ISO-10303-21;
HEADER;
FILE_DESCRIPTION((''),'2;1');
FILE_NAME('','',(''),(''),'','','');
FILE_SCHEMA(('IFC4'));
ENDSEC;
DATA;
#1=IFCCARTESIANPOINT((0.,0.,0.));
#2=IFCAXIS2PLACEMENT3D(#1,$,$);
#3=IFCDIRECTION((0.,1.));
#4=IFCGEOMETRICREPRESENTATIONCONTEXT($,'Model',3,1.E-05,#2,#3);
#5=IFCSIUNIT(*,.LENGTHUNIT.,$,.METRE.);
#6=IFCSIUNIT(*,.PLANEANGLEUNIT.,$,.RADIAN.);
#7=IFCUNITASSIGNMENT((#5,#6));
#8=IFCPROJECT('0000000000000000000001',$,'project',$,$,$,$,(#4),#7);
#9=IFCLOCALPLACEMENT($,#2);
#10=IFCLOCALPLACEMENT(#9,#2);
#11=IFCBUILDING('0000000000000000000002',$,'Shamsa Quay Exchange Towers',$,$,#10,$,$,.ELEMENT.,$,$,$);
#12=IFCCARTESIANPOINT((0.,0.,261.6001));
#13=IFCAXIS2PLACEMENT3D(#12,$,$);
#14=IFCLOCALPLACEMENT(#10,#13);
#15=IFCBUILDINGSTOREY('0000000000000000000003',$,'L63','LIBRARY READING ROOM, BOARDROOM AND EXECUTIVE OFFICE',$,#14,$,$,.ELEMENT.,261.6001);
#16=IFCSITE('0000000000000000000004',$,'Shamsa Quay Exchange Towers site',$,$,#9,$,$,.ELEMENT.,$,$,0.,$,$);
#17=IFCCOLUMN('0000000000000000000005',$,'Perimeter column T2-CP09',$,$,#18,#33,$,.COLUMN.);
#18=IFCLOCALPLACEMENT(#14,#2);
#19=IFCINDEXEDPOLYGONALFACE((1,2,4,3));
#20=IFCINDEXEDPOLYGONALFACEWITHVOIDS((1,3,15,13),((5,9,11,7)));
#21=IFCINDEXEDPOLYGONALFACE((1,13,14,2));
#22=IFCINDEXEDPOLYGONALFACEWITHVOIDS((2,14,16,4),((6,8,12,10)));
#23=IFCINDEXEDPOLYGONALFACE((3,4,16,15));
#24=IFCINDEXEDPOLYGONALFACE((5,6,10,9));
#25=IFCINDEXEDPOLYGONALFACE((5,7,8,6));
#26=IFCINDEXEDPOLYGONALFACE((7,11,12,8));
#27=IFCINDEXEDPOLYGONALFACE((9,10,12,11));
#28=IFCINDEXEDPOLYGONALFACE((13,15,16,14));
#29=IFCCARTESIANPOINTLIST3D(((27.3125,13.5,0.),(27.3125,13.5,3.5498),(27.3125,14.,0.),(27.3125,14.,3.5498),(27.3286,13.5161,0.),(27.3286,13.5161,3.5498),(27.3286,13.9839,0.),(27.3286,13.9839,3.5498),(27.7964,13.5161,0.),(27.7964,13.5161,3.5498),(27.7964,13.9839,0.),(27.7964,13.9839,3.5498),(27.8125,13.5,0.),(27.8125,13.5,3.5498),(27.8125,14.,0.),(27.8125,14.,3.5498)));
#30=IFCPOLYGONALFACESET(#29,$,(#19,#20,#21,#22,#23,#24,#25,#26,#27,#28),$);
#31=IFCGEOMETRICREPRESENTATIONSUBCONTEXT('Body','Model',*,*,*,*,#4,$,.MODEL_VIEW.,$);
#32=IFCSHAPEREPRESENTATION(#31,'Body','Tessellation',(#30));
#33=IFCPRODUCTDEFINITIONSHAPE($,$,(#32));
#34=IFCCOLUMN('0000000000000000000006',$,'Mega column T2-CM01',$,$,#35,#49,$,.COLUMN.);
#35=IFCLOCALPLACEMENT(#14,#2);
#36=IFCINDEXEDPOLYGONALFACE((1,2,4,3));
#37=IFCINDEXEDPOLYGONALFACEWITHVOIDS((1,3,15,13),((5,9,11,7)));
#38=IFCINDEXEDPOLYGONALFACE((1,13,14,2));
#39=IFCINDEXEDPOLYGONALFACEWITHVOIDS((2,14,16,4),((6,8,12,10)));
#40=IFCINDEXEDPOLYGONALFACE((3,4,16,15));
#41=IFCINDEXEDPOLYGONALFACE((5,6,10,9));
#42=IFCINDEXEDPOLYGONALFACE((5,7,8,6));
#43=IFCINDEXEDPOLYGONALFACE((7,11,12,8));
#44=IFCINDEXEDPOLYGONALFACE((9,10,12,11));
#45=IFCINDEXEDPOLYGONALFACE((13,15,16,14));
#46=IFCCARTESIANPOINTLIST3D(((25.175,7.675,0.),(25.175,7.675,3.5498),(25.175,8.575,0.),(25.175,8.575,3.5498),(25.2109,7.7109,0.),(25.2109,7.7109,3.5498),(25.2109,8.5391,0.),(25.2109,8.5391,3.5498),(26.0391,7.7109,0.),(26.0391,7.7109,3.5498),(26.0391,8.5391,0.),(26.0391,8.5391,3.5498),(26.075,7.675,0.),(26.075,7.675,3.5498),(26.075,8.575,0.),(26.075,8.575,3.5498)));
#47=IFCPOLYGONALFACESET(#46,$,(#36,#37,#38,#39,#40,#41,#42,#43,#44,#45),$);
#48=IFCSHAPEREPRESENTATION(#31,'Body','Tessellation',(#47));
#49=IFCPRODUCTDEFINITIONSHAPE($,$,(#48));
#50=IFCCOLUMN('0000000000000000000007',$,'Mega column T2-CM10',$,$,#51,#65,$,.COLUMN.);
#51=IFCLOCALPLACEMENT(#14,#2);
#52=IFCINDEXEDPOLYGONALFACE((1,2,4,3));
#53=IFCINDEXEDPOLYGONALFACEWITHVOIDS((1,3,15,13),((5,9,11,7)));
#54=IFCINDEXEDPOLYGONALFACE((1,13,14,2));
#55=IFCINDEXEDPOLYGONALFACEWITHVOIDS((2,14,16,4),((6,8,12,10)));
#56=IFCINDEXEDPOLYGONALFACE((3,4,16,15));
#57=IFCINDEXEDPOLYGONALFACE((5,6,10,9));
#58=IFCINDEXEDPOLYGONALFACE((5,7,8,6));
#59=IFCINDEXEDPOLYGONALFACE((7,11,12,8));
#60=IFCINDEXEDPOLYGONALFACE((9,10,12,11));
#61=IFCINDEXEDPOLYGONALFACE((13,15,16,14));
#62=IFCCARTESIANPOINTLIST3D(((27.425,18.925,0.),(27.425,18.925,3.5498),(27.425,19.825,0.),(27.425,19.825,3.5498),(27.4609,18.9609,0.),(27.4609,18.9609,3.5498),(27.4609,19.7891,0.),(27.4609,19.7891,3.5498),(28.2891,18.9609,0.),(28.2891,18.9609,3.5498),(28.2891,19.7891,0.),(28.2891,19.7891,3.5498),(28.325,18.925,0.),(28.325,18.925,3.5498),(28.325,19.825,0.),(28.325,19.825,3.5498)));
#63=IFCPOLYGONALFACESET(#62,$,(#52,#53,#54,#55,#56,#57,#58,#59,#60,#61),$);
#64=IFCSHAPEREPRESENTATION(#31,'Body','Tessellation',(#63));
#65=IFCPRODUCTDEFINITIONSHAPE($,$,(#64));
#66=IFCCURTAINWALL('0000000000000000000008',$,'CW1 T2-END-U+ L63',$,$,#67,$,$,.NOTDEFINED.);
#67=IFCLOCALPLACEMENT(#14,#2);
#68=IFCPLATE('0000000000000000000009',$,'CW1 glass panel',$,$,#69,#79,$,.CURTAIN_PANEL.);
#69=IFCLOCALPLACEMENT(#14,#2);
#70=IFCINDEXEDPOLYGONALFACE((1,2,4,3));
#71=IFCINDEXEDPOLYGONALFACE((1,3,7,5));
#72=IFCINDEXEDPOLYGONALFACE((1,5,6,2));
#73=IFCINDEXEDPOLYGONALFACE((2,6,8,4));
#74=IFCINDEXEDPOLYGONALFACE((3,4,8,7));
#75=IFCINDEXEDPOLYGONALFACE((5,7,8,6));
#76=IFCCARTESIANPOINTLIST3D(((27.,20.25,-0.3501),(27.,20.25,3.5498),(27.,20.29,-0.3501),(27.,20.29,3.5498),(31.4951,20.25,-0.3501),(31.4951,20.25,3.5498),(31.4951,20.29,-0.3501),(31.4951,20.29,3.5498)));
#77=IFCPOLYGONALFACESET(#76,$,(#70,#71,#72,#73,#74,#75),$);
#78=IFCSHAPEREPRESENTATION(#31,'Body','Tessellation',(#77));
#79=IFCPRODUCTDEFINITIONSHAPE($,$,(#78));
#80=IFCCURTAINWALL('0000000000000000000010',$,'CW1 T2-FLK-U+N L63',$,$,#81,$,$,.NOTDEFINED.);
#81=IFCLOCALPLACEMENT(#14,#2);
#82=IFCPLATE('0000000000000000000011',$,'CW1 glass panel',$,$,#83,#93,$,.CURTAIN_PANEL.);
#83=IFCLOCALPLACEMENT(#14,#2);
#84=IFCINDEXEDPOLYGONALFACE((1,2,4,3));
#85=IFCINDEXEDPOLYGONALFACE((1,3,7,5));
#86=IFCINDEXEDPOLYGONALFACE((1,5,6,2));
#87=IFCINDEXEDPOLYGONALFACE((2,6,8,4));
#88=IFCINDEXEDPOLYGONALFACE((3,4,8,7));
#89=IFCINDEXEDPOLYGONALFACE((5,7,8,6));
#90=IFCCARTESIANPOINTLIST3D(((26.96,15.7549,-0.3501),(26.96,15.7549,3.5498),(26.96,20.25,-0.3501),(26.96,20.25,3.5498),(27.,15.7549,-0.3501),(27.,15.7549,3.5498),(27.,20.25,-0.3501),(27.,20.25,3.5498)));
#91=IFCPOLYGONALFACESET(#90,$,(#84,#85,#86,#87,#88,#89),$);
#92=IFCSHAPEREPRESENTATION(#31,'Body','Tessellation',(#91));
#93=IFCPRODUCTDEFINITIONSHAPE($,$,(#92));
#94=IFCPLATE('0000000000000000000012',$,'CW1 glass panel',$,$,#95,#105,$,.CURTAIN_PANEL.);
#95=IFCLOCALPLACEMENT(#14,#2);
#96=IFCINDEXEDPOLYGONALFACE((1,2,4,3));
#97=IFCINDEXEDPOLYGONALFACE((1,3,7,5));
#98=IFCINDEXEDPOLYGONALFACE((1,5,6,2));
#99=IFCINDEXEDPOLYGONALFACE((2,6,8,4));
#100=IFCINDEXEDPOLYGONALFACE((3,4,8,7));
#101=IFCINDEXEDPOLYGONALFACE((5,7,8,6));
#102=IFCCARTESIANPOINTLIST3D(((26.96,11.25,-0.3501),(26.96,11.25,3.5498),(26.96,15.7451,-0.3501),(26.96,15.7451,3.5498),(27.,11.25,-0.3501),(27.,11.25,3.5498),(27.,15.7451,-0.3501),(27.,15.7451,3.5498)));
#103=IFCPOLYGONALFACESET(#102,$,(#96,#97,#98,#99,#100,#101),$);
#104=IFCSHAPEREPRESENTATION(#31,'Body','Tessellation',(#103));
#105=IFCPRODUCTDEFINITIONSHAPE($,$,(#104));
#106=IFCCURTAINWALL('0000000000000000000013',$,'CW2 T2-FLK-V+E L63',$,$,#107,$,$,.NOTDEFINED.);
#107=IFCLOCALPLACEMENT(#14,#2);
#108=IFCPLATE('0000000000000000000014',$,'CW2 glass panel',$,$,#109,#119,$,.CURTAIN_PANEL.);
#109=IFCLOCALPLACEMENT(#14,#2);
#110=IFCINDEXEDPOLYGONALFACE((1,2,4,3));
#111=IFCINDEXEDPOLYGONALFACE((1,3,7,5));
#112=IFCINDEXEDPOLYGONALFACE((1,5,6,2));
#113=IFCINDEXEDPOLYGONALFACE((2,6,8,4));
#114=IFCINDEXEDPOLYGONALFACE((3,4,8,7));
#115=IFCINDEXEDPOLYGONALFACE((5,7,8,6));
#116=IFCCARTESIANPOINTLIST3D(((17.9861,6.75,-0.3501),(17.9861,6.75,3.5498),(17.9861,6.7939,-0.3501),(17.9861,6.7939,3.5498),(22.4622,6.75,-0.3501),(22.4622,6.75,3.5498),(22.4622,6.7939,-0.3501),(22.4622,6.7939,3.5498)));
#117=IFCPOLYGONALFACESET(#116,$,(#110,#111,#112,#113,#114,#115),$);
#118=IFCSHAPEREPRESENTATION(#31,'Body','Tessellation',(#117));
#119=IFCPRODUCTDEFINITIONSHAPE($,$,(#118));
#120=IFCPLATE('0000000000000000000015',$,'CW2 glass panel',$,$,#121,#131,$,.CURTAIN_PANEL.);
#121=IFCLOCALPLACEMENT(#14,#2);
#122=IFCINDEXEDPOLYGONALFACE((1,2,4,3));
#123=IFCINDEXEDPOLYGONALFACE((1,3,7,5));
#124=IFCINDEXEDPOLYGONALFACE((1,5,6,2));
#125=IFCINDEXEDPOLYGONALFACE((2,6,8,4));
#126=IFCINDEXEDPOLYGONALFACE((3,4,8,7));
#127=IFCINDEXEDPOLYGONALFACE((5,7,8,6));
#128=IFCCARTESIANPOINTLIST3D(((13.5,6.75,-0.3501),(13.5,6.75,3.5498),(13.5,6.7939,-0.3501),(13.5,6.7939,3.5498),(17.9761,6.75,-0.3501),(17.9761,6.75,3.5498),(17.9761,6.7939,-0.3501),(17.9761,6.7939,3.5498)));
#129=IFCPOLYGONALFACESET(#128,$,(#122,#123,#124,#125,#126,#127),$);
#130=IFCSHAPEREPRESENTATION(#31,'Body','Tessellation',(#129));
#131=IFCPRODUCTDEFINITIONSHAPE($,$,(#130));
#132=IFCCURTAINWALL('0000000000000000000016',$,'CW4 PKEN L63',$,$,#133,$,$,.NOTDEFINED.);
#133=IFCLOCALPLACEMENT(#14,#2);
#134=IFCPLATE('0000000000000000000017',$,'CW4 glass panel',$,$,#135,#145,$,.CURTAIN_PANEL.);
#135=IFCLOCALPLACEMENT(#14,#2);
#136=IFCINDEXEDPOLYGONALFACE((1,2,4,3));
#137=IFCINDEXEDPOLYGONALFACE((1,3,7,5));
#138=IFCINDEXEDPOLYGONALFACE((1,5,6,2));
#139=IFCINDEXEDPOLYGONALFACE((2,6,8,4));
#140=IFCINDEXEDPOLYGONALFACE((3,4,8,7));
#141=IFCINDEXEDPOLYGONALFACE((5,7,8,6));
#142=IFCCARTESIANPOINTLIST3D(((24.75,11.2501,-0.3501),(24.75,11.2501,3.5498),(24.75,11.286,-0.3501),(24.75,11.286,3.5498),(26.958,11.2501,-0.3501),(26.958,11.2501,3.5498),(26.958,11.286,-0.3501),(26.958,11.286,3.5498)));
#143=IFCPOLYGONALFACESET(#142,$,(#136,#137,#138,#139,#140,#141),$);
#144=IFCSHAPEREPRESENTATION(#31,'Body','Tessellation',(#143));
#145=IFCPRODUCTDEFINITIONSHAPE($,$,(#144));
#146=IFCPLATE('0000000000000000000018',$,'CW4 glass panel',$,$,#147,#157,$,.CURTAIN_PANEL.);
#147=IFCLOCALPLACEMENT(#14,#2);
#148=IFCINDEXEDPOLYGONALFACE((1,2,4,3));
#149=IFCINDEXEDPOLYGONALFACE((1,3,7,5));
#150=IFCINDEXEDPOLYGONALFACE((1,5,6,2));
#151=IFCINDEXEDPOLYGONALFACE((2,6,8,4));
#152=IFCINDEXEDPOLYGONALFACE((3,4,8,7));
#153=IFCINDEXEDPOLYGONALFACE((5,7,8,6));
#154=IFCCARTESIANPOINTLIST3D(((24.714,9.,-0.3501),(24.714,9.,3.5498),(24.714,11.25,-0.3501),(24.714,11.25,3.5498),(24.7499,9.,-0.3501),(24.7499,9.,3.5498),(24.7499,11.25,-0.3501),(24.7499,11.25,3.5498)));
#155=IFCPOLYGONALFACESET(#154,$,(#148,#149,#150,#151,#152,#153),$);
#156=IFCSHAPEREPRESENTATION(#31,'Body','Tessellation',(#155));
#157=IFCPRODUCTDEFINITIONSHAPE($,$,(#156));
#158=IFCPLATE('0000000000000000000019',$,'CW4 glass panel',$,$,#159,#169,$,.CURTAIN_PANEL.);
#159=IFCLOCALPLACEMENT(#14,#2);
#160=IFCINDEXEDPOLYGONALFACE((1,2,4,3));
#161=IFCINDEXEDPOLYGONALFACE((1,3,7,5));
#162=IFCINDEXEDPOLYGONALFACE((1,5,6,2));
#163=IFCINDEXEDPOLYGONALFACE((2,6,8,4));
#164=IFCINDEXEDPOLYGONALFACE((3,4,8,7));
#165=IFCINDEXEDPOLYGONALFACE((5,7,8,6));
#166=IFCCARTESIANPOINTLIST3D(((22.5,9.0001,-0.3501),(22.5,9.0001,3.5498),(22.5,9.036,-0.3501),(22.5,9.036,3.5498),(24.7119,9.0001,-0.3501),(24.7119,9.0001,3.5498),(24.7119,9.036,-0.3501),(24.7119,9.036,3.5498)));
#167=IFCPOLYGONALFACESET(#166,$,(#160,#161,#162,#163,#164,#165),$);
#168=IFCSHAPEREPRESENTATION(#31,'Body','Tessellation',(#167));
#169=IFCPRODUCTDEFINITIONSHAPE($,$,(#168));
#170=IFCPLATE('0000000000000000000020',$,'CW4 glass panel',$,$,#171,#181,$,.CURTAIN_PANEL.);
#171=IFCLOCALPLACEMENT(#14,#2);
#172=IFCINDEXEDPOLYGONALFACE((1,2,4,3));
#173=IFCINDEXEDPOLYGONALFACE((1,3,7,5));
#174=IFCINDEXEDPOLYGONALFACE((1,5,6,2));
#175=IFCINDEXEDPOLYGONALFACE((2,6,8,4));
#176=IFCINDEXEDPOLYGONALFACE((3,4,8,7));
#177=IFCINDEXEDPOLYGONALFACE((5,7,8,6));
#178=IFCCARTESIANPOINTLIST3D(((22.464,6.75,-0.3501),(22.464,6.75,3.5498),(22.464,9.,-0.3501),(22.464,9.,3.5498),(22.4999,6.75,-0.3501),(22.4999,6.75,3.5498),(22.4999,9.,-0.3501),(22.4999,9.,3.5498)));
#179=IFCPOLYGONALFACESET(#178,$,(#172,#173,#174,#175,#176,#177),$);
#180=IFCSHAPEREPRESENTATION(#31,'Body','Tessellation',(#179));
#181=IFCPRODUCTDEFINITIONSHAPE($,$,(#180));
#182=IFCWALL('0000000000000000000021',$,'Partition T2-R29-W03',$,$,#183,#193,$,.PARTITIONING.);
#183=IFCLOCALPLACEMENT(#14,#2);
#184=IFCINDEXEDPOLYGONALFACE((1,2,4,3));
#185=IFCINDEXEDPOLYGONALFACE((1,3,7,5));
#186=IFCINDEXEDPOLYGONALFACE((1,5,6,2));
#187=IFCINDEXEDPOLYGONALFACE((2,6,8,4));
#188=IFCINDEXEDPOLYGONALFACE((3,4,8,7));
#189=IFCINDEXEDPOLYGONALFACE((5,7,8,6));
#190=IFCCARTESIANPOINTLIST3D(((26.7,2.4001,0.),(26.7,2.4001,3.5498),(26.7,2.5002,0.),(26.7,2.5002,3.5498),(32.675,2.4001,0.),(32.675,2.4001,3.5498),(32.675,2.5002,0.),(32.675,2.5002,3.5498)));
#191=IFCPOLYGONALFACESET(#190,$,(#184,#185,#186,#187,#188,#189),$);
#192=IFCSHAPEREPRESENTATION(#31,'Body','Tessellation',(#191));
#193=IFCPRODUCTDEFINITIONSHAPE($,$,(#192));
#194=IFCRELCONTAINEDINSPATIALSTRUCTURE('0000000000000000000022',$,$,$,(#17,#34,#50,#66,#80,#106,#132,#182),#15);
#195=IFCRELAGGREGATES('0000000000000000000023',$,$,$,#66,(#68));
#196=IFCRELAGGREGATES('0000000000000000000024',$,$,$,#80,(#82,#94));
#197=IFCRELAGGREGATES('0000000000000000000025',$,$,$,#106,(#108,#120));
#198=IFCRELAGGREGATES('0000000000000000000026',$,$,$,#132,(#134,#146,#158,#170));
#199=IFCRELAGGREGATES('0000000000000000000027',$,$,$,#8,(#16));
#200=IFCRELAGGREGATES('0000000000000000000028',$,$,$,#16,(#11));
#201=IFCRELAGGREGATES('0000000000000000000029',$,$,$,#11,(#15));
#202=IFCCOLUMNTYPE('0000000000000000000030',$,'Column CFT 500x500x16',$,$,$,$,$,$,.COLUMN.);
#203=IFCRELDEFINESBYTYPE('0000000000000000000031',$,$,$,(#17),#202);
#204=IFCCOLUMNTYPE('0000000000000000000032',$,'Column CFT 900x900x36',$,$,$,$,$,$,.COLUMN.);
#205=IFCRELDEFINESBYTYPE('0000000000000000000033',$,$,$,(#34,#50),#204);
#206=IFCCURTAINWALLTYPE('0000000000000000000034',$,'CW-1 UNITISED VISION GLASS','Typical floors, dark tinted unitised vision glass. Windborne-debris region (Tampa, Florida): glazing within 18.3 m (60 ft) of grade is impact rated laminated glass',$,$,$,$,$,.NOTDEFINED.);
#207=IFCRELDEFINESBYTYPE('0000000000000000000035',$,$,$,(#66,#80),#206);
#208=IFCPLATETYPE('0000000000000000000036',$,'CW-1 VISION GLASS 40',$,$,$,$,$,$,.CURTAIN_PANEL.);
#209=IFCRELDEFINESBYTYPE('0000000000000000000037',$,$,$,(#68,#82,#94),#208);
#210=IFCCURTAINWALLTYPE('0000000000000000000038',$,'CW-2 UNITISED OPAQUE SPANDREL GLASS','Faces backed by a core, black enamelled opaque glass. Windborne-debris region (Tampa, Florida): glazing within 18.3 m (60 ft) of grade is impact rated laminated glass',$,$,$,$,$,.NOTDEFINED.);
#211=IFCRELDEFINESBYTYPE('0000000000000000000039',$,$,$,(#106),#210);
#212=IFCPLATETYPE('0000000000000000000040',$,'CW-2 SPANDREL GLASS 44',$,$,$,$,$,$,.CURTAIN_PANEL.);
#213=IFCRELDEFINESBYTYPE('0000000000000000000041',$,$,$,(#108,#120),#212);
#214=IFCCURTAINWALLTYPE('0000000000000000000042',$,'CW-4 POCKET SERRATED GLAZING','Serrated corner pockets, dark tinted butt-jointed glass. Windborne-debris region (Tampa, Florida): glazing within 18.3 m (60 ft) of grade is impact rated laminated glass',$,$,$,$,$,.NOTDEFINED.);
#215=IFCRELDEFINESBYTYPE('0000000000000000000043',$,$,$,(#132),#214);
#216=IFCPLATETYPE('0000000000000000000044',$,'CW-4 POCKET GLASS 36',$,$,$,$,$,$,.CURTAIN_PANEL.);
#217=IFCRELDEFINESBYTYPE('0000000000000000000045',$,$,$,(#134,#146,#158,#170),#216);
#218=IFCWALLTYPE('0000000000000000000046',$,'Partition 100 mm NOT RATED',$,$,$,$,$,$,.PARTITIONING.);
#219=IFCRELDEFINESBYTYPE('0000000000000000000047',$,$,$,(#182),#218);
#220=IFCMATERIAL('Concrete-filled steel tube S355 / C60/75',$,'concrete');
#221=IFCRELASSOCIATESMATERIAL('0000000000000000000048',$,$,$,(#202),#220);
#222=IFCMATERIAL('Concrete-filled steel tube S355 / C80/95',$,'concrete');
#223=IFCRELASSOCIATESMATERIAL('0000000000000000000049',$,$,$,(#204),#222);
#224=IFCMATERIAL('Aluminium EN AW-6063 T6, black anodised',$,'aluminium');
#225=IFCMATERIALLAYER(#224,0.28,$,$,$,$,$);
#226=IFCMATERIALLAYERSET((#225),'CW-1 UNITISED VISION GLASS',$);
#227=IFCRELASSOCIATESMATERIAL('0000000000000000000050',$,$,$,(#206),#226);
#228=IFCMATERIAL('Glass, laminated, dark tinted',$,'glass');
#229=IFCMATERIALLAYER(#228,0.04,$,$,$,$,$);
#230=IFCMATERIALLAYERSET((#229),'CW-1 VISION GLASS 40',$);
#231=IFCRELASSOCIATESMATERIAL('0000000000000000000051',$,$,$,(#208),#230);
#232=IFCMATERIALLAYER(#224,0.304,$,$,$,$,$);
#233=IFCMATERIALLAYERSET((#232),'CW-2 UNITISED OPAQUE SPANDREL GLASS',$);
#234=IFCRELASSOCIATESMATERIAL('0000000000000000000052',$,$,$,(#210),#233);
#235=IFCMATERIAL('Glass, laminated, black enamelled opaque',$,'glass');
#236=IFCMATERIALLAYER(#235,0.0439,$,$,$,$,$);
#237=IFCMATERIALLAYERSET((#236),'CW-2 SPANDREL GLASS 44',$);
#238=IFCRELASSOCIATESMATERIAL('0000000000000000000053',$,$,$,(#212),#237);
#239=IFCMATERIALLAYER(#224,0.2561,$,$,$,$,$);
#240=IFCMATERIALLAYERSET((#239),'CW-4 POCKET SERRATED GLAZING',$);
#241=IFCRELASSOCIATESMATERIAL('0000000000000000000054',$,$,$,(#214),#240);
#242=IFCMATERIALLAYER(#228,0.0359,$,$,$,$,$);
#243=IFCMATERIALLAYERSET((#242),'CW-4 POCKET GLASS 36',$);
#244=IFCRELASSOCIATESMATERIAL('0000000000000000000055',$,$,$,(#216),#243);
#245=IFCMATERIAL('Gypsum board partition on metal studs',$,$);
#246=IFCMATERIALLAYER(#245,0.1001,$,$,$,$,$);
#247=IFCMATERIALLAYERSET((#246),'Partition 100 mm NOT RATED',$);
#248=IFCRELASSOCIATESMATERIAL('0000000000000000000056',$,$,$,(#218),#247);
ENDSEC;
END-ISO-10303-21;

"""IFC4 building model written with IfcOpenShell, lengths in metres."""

from ifc_helpers import new_model, si_unit, direction, frame, frame_2d, origin, origin_2d, place, context, subcontext, project, spatial, rectangle, hollow_rectangle, extrude, material, layer, layer_set, material_profile, profile_set, type_object, element, aggregate, save


model = new_model("IFC4")

# Units and contexts
model_context = context("Model", 3, precision=1e-05, world=origin(), true_north=direction((0.0, 1.0)))
body_context = subcontext(model_context, "Body", "Model", "MODEL_VIEW")
ifc_project = project(units=[si_unit("LENGTHUNIT", "METRE"), si_unit("PLANEANGLEUNIT", "RADIAN")], contexts=[model_context])

# Site, building, storey
site_placement = place(None, origin())
site = spatial("IfcSite", under=ifc_project, at=site_placement, Name="Shamsa Quay Exchange Towers site", CompositionType="ELEMENT", RefElevation=0.0)
building_placement = place(site_placement, origin())
building = spatial("IfcBuilding", under=site, at=building_placement, Name="Shamsa Quay Exchange Towers", CompositionType="ELEMENT")
storey_placement = place(building_placement, frame((0.0, 0.0, 261.6001)))
storey = spatial("IfcBuildingStorey", under=building, at=storey_placement, Name="L63", Description="LIBRARY READING ROOM, BOARDROOM AND EXECUTIVE OFFICE", CompositionType="ELEMENT", Elevation=261.6001)

# Columns
ifc_material_1 = material(Name="Concrete-filled steel tube S355 / C60/75", Category="concrete")
ifc_material_profile_1 = material_profile(ifc_material_1, hollow_rectangle(XDim=0.5, YDim=0.5, WallThickness=0.0161, at=origin_2d()), Name="CFT 500x500x16")
ifc_profile_set_1 = profile_set([ifc_material_profile_1], Name="Concrete-filled steel tube S355 / C60/75")
column_type_1 = type_object("IfcColumnType", Name="Column CFT 500x500x16", PredefinedType="COLUMN", material=ifc_profile_set_1)
column_placement = place(storey_placement, frame((27.5625, 13.75, 0.0)))
element("IfcColumn", 1, at=column_placement, inside=storey, type_object=column_type_1, Name="Perimeter column T2-CP09", PredefinedType="COLUMN", context=body_context, shape_type="SweptSolid", body=[
    extrude(hollow_rectangle(XDim=0.5, YDim=0.5, WallThickness=0.0161, at=origin_2d()), origin(), (0.0, 0.0, 1.0), 3.5498),
])
ifc_material_2 = material(Name="Concrete-filled steel tube S355 / C80/95", Category="concrete")
ifc_material_profile_2 = material_profile(ifc_material_2, hollow_rectangle(XDim=0.8999, YDim=0.8999, WallThickness=0.0359, at=origin_2d()), Name="CFT 900x900x36")
ifc_profile_set_2 = profile_set([ifc_material_profile_2], Name="Concrete-filled steel tube S355 / C80/95")
column_type_2 = type_object("IfcColumnType", Name="Column CFT 900x900x36", PredefinedType="COLUMN", material=ifc_profile_set_2)
for number, where, name in (
    (2, (25.625, 8.125, 0.0), "Mega column T2-CM01"),
    (3, (27.875, 19.375, 0.0), "Mega column T2-CM10"),
):
    element("IfcColumn", number, at=place(storey_placement, frame(where)), inside=storey, type_object=column_type_2, Name=name, PredefinedType="COLUMN", context=body_context, shape_type="SweptSolid", body=[
        extrude(hollow_rectangle(XDim=0.8999, YDim=0.8999, WallThickness=0.0359, at=origin_2d()), origin(), (0.0, 0.0, 1.0), 3.5498),
    ])

# Curtain wall, plate
ifc_material_3 = material(Name="Aluminium EN AW-6063 T6, black anodised", Category="aluminium")
ifc_layer_1 = layer(ifc_material_3, 0.28)
ifc_layer_set_1 = layer_set([ifc_layer_1], Name="CW-1 UNITISED VISION GLASS")
curtain_wall_type_1 = type_object("IfcCurtainWallType", Name="CW-1 UNITISED VISION GLASS", Description="Typical floors, dark tinted unitised vision glass. Windborne-debris region (Tampa, Florida): glazing within 18.3 m (60 ft) of grade is impact rated laminated glass", PredefinedType="NOTDEFINED", material=ifc_layer_set_1)
curtain_wall_1_placement = place(storey_placement, origin())
curtain_wall_1 = element("IfcCurtainWall", 4, at=curtain_wall_1_placement, inside=storey, type_object=curtain_wall_type_1, Name="CW1 T2-END-U+ L63", PredefinedType="NOTDEFINED")
ifc_material_4 = material(Name="Glass, laminated, dark tinted", Category="glass")
ifc_layer_2 = layer(ifc_material_4, 0.04)
ifc_layer_set_2 = layer_set([ifc_layer_2], Name="CW-1 VISION GLASS 40")
plate_type_1 = type_object("IfcPlateType", Name="CW-1 VISION GLASS 40", PredefinedType="CURTAIN_PANEL", material=ifc_layer_set_2)
plate_1_placement = place(storey_placement, frame((29.2476, 20.27, -0.3501), z_axis=(0.0, 0.0, 1.0), x_axis=(-1.0, 0.0, 0.0)))
plate_1 = element("IfcPlate", 5, at=plate_1_placement, type_object=plate_type_1, Name="CW1 glass panel", PredefinedType="CURTAIN_PANEL", context=body_context, shape_type="SweptSolid", body=[
    extrude(rectangle(XDim=4.4951, YDim=0.04, at=origin_2d()), origin(), (0.0, 0.0, 1.0), 3.8999),
])
aggregate(curtain_wall_1, [plate_1])

# Curtain walls, plates
curtain_wall_2_placement = place(storey_placement, origin())
curtain_wall_2 = element("IfcCurtainWall", 6, at=curtain_wall_2_placement, inside=storey, type_object=curtain_wall_type_1, Name="CW1 T2-FLK-U+N L63", PredefinedType="NOTDEFINED")
plate_2_placement = place(storey_placement, frame((26.98, 18.0024, -0.3501), z_axis=(0.0, 0.0, 1.0), x_axis=(0.0, -1.0, 0.0)))
plate_2 = element("IfcPlate", 7, at=plate_2_placement, type_object=plate_type_1, Name="CW1 glass panel", PredefinedType="CURTAIN_PANEL", context=body_context, shape_type="SweptSolid", body=[
    extrude(rectangle(XDim=4.4951, YDim=0.04, at=origin_2d()), origin(), (0.0, 0.0, 1.0), 3.8999),
])
plate_3_placement = place(storey_placement, frame((26.98, 13.4976, -0.3501), z_axis=(0.0, 0.0, 1.0), x_axis=(0.0, -1.0, 0.0)))
plate_3 = element("IfcPlate", 8, at=plate_3_placement, type_object=plate_type_1, Name="CW1 glass panel", PredefinedType="CURTAIN_PANEL", context=body_context, shape_type="SweptSolid", body=[
    extrude(rectangle(XDim=4.4951, YDim=0.04, at=origin_2d()), origin(), (0.0, 0.0, 1.0), 3.8999),
])
aggregate(curtain_wall_2, [plate_2, plate_3])
ifc_layer_3 = layer(ifc_material_3, 0.304)
ifc_layer_set_3 = layer_set([ifc_layer_3], Name="CW-2 UNITISED OPAQUE SPANDREL GLASS")
curtain_wall_type_2 = type_object("IfcCurtainWallType", Name="CW-2 UNITISED OPAQUE SPANDREL GLASS", Description="Faces backed by a core, black enamelled opaque glass. Windborne-debris region (Tampa, Florida): glazing within 18.3 m (60 ft) of grade is impact rated laminated glass", PredefinedType="NOTDEFINED", material=ifc_layer_set_3)
curtain_wall_3_placement = place(storey_placement, origin())
curtain_wall_3 = element("IfcCurtainWall", 9, at=curtain_wall_3_placement, inside=storey, type_object=curtain_wall_type_2, Name="CW2 T2-FLK-V+E L63", PredefinedType="NOTDEFINED")
ifc_material_5 = material(Name="Glass, laminated, black enamelled opaque", Category="glass")
ifc_layer_4 = layer(ifc_material_5, 0.0439)
ifc_layer_set_4 = layer_set([ifc_layer_4], Name="CW-2 SPANDREL GLASS 44")
plate_type_2 = type_object("IfcPlateType", Name="CW-2 SPANDREL GLASS 44", PredefinedType="CURTAIN_PANEL", material=ifc_layer_set_4)
plate_4_placement = place(storey_placement, frame((20.2241, 6.772, -0.3501), z_axis=(0.0, 0.0, 1.0), x_axis=(-1.0, 0.0, 0.0)))
plate_4 = element("IfcPlate", 10, at=plate_4_placement, type_object=plate_type_2, Name="CW2 glass panel", PredefinedType="CURTAIN_PANEL", context=body_context, shape_type="SweptSolid", body=[
    extrude(rectangle(XDim=4.4761, YDim=0.0439, at=origin_2d()), origin(), (0.0, 0.0, 1.0), 3.8999),
])
plate_5_placement = place(storey_placement, frame((15.738, 6.772, -0.3501), z_axis=(0.0, 0.0, 1.0), x_axis=(-1.0, 0.0, 0.0)))
plate_5 = element("IfcPlate", 11, at=plate_5_placement, type_object=plate_type_2, Name="CW2 glass panel", PredefinedType="CURTAIN_PANEL", context=body_context, shape_type="SweptSolid", body=[
    extrude(rectangle(XDim=4.4761, YDim=0.0439, at=origin_2d()), origin(), (0.0, 0.0, 1.0), 3.8999),
])
aggregate(curtain_wall_3, [plate_4, plate_5])
ifc_layer_5 = layer(ifc_material_3, 0.2561)
ifc_layer_set_5 = layer_set([ifc_layer_5], Name="CW-4 POCKET SERRATED GLAZING")
curtain_wall_type_3 = type_object("IfcCurtainWallType", Name="CW-4 POCKET SERRATED GLAZING", Description="Serrated corner pockets, dark tinted butt-jointed glass. Windborne-debris region (Tampa, Florida): glazing within 18.3 m (60 ft) of grade is impact rated laminated glass", PredefinedType="NOTDEFINED", material=ifc_layer_set_5)
curtain_wall_4_placement = place(storey_placement, origin())
curtain_wall_4 = element("IfcCurtainWall", 12, at=curtain_wall_4_placement, inside=storey, type_object=curtain_wall_type_3, Name="CW4 PKEN L63", PredefinedType="NOTDEFINED")
ifc_layer_6 = layer(ifc_material_4, 0.0359)
ifc_layer_set_6 = layer_set([ifc_layer_6], Name="CW-4 POCKET GLASS 36")
plate_type_3 = type_object("IfcPlateType", Name="CW-4 POCKET GLASS 36", PredefinedType="CURTAIN_PANEL", material=ifc_layer_set_6)
plate_6_placement = place(storey_placement, frame((25.854, 11.2681, -0.3501), z_axis=(0.0, 0.0, 1.0), x_axis=(-1.0, 0.0, 0.0)))
plate_6 = element("IfcPlate", 13, at=plate_6_placement, type_object=plate_type_3, Name="CW4 glass panel", PredefinedType="CURTAIN_PANEL", context=body_context, shape_type="SweptSolid", body=[
    extrude(rectangle(XDim=2.208, YDim=0.0359, at=origin_2d()), origin(), (0.0, 0.0, 1.0), 3.8999),
])
plate_7_placement = place(storey_placement, frame((24.7319, 10.125, -0.3501), z_axis=(0.0, 0.0, 1.0), x_axis=(0.0, -1.0, 0.0)))
plate_7 = element("IfcPlate", 14, at=plate_7_placement, type_object=plate_type_3, Name="CW4 glass panel", PredefinedType="CURTAIN_PANEL", context=body_context, shape_type="SweptSolid", body=[
    extrude(rectangle(XDim=2.25, YDim=0.0359, at=origin_2d()), origin(), (0.0, 0.0, 1.0), 3.8999),
])
plate_8_placement = place(storey_placement, frame((23.606, 9.0181, -0.3501), z_axis=(0.0, 0.0, 1.0), x_axis=(-1.0, 0.0, 0.0)))
plate_8 = element("IfcPlate", 15, at=plate_8_placement, type_object=plate_type_3, Name="CW4 glass panel", PredefinedType="CURTAIN_PANEL", context=body_context, shape_type="SweptSolid", body=[
    extrude(rectangle(XDim=2.2119, YDim=0.0359, at=origin_2d()), origin(), (0.0, 0.0, 1.0), 3.8999),
])
plate_9_placement = place(storey_placement, frame((22.4819, 7.875, -0.3501), z_axis=(0.0, 0.0, 1.0), x_axis=(0.0, -1.0, 0.0)))
plate_9 = element("IfcPlate", 16, at=plate_9_placement, type_object=plate_type_3, Name="CW4 glass panel", PredefinedType="CURTAIN_PANEL", context=body_context, shape_type="SweptSolid", body=[
    extrude(rectangle(XDim=2.25, YDim=0.0359, at=origin_2d()), origin(), (0.0, 0.0, 1.0), 3.8999),
])
aggregate(curtain_wall_4, [plate_6, plate_7, plate_8, plate_9])

# Wall
ifc_material_6 = material(Name="Gypsum board partition on metal studs")
ifc_layer_7 = layer(ifc_material_6, 0.1001)
ifc_layer_set_7 = layer_set([ifc_layer_7], Name="Partition 100 mm NOT RATED")
wall_type_1 = type_object("IfcWallType", Name="Partition 100 mm NOT RATED", PredefinedType="PARTITIONING", material=ifc_layer_set_7)
wall_1_placement = place(storey_placement, frame((26.7, 2.4502, 0.0)))
element("IfcWall", 17, at=wall_1_placement, inside=storey, type_object=wall_type_1, Name="Partition T2-R29-W03", PredefinedType="PARTITIONING", context=body_context, shape_type="SweptSolid", body=[
    extrude(rectangle(XDim=5.9751, YDim=0.1001, at=frame_2d((2.9875, 0.0))), origin(), (0.0, 0.0, 1.0), 3.5498),
])

save(model, "model.ifc")
